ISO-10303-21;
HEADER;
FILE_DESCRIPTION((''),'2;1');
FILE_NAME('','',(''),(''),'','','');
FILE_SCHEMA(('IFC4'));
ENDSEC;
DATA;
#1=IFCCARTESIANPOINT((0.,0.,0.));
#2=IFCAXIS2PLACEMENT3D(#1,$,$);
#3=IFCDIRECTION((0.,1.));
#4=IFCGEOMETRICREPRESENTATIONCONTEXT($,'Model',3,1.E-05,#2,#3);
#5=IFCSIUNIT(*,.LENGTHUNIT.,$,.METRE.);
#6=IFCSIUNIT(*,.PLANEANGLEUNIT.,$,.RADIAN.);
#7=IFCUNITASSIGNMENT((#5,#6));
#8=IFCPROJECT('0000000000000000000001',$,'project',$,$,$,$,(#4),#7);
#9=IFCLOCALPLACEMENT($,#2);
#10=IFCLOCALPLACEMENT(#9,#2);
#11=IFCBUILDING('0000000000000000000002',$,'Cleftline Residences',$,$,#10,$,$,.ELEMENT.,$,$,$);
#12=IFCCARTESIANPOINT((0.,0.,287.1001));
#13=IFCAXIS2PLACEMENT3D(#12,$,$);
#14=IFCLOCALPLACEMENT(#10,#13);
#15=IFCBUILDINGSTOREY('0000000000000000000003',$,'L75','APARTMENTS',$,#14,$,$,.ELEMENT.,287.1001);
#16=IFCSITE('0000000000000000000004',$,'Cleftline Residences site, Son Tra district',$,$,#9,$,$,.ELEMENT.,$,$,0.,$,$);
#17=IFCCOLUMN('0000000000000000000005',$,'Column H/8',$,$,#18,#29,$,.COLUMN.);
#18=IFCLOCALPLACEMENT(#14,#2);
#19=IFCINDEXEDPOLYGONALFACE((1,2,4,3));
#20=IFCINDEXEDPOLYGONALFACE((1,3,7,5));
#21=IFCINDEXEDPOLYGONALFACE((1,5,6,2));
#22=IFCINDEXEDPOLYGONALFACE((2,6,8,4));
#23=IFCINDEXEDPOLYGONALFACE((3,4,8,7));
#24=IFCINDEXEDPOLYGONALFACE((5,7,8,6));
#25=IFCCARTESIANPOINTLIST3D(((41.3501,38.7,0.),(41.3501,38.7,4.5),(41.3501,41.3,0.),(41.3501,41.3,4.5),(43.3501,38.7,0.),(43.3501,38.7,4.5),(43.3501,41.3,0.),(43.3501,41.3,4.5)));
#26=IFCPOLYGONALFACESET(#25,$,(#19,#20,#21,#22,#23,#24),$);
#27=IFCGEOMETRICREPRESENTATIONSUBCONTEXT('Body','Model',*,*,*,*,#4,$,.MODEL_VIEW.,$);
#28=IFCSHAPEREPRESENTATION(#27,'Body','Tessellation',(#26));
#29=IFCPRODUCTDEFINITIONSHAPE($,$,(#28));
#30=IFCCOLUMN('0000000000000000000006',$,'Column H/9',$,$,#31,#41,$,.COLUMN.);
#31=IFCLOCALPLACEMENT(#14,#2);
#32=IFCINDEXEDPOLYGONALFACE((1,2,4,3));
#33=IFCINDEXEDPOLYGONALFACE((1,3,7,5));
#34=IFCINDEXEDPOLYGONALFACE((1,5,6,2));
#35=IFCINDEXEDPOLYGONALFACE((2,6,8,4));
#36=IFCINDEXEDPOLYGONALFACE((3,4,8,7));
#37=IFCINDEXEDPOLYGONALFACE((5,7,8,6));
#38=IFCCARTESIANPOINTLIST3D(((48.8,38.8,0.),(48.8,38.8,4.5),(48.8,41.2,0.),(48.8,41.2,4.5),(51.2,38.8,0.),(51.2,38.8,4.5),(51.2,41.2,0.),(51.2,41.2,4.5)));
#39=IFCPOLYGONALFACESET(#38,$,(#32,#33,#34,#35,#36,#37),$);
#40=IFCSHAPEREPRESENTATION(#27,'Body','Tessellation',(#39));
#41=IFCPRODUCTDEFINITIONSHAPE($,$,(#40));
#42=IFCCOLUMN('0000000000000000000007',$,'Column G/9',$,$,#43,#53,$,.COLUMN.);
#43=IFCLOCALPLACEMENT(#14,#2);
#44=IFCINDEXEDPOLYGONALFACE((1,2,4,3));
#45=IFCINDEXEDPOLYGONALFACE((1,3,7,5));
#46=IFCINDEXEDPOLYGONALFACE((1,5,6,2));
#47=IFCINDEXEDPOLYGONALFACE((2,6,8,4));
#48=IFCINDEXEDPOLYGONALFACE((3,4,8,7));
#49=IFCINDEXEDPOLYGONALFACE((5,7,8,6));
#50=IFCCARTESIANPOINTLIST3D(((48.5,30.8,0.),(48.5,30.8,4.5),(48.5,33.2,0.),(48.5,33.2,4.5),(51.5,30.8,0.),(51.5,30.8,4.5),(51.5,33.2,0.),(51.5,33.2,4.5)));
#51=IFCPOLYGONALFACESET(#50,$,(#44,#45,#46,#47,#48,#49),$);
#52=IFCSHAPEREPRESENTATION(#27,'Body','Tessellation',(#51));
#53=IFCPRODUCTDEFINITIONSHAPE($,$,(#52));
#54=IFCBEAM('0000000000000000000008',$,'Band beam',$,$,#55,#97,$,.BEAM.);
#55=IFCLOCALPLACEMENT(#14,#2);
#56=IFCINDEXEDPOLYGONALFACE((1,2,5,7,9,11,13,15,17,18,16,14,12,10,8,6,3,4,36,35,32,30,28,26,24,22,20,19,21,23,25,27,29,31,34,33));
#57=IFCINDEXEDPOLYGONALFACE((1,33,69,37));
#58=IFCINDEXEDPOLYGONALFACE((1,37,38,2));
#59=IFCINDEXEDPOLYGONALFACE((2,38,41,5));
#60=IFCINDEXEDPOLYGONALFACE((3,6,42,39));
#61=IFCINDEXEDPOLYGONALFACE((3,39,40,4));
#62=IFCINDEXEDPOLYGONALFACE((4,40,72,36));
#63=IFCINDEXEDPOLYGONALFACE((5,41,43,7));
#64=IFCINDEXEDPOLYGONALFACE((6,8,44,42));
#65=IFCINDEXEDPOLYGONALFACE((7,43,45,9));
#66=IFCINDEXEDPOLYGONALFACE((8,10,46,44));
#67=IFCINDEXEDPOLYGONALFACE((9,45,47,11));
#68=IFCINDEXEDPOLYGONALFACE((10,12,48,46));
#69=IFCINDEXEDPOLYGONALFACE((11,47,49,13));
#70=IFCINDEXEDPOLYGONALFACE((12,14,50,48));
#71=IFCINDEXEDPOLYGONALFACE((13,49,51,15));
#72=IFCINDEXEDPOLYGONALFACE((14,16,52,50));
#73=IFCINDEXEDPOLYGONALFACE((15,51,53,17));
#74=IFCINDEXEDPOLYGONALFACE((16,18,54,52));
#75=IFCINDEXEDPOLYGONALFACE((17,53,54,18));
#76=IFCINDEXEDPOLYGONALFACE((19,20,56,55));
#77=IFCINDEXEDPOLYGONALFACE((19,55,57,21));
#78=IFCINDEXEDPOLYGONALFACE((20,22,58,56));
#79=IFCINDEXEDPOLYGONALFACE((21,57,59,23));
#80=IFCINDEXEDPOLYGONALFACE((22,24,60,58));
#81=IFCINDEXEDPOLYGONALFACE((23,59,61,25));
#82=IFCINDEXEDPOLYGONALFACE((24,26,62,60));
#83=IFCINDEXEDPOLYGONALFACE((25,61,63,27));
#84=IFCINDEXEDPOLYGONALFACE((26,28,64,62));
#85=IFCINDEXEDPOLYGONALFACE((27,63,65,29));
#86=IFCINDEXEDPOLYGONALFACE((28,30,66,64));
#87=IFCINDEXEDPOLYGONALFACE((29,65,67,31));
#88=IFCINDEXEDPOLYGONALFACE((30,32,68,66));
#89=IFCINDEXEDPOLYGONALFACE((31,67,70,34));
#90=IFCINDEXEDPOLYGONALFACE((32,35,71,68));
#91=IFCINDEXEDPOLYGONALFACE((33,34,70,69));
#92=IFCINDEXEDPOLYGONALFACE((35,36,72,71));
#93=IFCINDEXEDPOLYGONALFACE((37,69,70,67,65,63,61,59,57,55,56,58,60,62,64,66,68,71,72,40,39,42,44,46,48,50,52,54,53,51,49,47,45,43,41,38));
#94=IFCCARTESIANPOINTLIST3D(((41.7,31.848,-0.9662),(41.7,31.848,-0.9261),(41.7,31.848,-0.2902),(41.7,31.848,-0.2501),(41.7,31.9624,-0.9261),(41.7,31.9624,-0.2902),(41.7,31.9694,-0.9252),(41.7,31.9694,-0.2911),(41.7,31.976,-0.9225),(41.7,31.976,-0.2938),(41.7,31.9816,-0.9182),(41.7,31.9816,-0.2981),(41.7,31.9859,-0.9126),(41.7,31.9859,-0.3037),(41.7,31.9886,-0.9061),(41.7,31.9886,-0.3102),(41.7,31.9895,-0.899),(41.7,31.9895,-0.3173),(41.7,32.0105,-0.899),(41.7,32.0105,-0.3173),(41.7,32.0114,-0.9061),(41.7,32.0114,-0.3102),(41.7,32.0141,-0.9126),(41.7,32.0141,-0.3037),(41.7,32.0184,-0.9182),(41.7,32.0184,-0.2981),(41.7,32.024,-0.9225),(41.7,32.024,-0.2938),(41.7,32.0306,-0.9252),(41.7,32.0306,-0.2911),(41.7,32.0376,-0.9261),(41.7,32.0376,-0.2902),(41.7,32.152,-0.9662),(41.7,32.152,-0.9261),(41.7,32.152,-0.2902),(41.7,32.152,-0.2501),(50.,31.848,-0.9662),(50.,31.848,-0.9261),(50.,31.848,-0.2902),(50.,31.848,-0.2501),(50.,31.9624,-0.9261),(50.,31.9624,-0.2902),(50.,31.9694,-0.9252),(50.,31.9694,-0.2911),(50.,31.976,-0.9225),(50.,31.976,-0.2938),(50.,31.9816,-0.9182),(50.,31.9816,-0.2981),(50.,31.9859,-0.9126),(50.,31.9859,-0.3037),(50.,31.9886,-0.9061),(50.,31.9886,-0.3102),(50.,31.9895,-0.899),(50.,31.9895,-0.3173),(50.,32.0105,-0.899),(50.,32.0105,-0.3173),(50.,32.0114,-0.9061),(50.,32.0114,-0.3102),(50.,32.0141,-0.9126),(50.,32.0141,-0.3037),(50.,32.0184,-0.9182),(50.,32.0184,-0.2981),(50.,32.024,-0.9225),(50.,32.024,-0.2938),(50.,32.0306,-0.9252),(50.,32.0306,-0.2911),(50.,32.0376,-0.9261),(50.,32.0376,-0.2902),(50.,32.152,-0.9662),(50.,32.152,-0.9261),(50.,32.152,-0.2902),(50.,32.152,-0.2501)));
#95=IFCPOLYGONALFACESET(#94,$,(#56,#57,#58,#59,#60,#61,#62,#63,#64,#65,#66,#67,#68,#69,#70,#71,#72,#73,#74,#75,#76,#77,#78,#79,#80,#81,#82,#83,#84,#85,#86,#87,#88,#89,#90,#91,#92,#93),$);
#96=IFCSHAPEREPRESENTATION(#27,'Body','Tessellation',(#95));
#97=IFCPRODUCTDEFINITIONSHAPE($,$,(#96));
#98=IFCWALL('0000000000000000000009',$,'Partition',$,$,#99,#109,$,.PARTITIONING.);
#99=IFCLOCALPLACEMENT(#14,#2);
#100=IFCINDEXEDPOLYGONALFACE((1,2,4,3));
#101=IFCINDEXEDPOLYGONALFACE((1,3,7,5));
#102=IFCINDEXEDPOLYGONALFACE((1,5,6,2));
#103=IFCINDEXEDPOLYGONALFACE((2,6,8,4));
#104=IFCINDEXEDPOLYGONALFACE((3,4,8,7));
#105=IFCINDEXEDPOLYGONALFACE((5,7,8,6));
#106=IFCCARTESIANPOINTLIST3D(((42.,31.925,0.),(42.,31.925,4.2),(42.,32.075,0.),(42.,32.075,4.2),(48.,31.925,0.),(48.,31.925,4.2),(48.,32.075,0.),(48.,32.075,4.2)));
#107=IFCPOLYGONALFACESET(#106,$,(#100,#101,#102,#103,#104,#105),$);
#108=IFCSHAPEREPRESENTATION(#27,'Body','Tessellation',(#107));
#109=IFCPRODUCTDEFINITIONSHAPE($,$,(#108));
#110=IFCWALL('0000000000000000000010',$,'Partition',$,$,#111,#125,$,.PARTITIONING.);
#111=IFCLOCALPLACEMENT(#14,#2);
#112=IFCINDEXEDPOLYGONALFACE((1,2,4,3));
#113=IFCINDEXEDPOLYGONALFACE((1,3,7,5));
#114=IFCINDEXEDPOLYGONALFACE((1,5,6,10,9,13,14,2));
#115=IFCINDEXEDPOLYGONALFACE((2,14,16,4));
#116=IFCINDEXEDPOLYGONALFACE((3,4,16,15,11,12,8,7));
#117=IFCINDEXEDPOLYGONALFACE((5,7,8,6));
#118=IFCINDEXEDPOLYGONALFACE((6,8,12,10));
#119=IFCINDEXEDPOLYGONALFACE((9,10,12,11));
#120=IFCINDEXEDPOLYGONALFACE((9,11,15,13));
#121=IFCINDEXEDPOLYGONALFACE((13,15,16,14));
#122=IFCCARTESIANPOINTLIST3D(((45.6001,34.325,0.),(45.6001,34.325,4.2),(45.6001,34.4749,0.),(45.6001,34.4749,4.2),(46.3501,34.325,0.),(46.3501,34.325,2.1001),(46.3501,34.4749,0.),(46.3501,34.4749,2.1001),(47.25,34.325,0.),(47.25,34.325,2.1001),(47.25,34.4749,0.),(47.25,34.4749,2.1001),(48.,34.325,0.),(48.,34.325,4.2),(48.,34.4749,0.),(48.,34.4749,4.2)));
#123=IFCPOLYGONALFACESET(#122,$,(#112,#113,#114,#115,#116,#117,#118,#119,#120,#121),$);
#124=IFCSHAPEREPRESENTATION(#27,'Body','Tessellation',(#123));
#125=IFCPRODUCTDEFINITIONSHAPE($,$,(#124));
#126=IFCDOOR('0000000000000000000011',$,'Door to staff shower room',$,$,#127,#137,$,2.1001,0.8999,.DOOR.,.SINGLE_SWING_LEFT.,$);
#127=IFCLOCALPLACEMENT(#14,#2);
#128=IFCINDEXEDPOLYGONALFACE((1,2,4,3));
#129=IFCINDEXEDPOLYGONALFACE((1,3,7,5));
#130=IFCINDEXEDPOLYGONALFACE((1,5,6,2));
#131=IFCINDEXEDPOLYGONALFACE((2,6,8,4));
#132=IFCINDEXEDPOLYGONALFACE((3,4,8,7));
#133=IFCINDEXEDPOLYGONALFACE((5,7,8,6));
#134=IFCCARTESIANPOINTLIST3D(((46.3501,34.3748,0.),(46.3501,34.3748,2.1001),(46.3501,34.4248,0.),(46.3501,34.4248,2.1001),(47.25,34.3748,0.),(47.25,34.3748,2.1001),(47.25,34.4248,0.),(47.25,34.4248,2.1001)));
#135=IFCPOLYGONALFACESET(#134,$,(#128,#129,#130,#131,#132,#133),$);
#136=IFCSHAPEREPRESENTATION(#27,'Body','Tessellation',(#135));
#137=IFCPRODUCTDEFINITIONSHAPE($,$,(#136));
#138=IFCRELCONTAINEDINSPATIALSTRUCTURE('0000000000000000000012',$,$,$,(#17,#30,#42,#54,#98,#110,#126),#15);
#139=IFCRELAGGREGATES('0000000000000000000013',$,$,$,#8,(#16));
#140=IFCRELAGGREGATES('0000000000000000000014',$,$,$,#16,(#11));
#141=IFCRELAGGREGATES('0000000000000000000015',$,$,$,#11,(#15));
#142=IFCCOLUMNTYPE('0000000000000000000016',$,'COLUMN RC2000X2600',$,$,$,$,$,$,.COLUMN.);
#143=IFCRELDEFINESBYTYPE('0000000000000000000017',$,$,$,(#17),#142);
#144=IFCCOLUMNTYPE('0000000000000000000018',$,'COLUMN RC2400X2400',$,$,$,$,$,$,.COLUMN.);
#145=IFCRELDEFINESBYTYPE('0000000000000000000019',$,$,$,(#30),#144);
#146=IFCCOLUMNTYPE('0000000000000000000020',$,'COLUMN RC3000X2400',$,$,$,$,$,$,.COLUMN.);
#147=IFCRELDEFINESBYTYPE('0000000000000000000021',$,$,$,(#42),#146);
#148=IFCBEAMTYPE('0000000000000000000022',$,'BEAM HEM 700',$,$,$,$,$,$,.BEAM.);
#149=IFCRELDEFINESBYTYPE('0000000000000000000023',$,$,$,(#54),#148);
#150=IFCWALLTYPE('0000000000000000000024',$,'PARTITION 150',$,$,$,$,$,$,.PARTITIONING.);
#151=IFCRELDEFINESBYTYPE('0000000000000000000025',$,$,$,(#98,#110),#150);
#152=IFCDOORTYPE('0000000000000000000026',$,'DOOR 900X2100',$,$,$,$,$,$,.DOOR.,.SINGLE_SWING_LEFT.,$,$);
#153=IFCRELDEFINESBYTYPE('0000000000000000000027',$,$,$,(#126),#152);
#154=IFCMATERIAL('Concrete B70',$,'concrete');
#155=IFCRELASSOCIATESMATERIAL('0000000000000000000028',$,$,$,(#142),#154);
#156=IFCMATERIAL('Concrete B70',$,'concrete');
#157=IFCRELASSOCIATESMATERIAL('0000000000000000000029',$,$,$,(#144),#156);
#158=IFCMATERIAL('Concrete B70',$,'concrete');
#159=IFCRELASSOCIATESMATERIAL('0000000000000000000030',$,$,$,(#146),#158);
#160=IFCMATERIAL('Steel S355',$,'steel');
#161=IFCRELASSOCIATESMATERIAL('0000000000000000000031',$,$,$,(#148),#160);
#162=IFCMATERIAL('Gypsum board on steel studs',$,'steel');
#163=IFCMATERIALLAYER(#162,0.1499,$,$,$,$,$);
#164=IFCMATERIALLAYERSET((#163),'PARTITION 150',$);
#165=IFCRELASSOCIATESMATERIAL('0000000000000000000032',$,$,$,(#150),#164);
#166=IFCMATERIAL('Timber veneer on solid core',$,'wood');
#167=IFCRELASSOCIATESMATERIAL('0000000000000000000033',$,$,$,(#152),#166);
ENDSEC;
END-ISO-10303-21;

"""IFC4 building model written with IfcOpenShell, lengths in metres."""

from ifc_helpers import new_model, si_unit, direction, frame, frame_2d, origin, origin_2d, place, context, subcontext, project, spatial, rectangle, i_section, extrude, material, layer, layer_set, material_profile, profile_set, type_object, element, fill, save


model = new_model("IFC4")

# Units and contexts
model_context = context("Model", 3, precision=1e-05, world=origin(), true_north=direction((0.0, 1.0)))
body_context = subcontext(model_context, "Body", "Model", "MODEL_VIEW")
ifc_project = project(units=[si_unit("LENGTHUNIT", "METRE"), si_unit("PLANEANGLEUNIT", "RADIAN")], contexts=[model_context])

# Site, building, storey
site_placement = place(None, origin())
site = spatial("IfcSite", under=ifc_project, at=site_placement, Name="Cleftline Residences site, Son Tra district", CompositionType="ELEMENT", RefElevation=0.0)
building_placement = place(site_placement, origin())
building = spatial("IfcBuilding", under=site, at=building_placement, Name="Cleftline Residences", CompositionType="ELEMENT")
storey_placement = place(building_placement, frame((0.0, 0.0, 287.1001)))
storey = spatial("IfcBuildingStorey", under=building, at=storey_placement, Name="L75", Description="APARTMENTS", CompositionType="ELEMENT", Elevation=287.1001)

# Columns
ifc_material_1 = material(Name="Concrete B70", Category="concrete")
ifc_material_profile_1 = material_profile(ifc_material_1, rectangle(XDim=2.0, YDim=2.6001, at=origin_2d()))
ifc_profile_set_1 = profile_set([ifc_material_profile_1], Name="Concrete B70")
column_type_1 = type_object("IfcColumnType", Name="COLUMN RC2000X2600", PredefinedType="COLUMN", material=ifc_profile_set_1)
column_1_placement = place(storey_placement, frame((42.3501, 40.0, 0.0), z_axis=(0.0, 0.0, 1.0), x_axis=(1.0, 0.0, 0.0)))
element("IfcColumn", 1, at=column_1_placement, inside=storey, type_object=column_type_1, Name="Column H/8", PredefinedType="COLUMN", context=body_context, shape_type="SweptSolid", body=[
    extrude(rectangle(XDim=2.0, YDim=2.6001, at=origin_2d()), origin(), (0.0, 0.0, 1.0), 4.5),
])
ifc_material_2 = material(Name="Concrete B70", Category="concrete")
ifc_material_profile_2 = material_profile(ifc_material_2, rectangle(XDim=2.3999, YDim=2.3999, at=origin_2d()))
ifc_profile_set_2 = profile_set([ifc_material_profile_2], Name="Concrete B70")
column_type_2 = type_object("IfcColumnType", Name="COLUMN RC2400X2400", PredefinedType="COLUMN", material=ifc_profile_set_2)
column_2_placement = place(storey_placement, frame((50.0, 40.0, 0.0), z_axis=(0.0, 0.0, 1.0), x_axis=(1.0, 0.0, 0.0)))
element("IfcColumn", 2, at=column_2_placement, inside=storey, type_object=column_type_2, Name="Column H/9", PredefinedType="COLUMN", context=body_context, shape_type="SweptSolid", body=[
    extrude(rectangle(XDim=2.3999, YDim=2.3999, at=origin_2d()), origin(), (0.0, 0.0, 1.0), 4.5),
])
ifc_material_3 = material(Name="Concrete B70", Category="concrete")
ifc_material_profile_3 = material_profile(ifc_material_3, rectangle(XDim=3.0, YDim=2.3999, at=origin_2d()))
ifc_profile_set_3 = profile_set([ifc_material_profile_3], Name="Concrete B70")
column_type_3 = type_object("IfcColumnType", Name="COLUMN RC3000X2400", PredefinedType="COLUMN", material=ifc_profile_set_3)
column_3_placement = place(storey_placement, frame((50.0, 32.0, 0.0), z_axis=(0.0, 0.0, 1.0), x_axis=(1.0, 0.0, 0.0)))
element("IfcColumn", 3, at=column_3_placement, inside=storey, type_object=column_type_3, Name="Column G/9", PredefinedType="COLUMN", context=body_context, shape_type="SweptSolid", body=[
    extrude(rectangle(XDim=3.0, YDim=2.3999, at=origin_2d()), origin(), (0.0, 0.0, 1.0), 4.5),
])

# Beam
ifc_material_4 = material(Name="Steel S355", Category="steel")
ifc_material_profile_4 = material_profile(ifc_material_4, i_section(OverallWidth=0.304, OverallDepth=0.7161, WebThickness=0.021, FlangeThickness=0.04, FilletRadius=0.0271, at=origin_2d()))
ifc_profile_set_4 = profile_set([ifc_material_profile_4], Name="Steel S355")
beam_type = type_object("IfcBeamType", Name="BEAM HEM 700", PredefinedType="BEAM", material=ifc_profile_set_4)
beam_placement = place(storey_placement, frame((50.0, 32.0, -0.6082), z_axis=(-1.0, 0.0, 0.0), x_axis=(0.0, -1.0, 0.0)))
element("IfcBeam", 4, at=beam_placement, inside=storey, type_object=beam_type, Name="Band beam", PredefinedType="BEAM", context=body_context, shape_type="SweptSolid", body=[
    extrude(i_section(OverallWidth=0.304, OverallDepth=0.7161, WebThickness=0.021, FlangeThickness=0.04, FilletRadius=0.0271, at=origin_2d()), origin(), (0.0, 0.0, 1.0), 8.3),
])

# Wall
ifc_material_5 = material(Name="Gypsum board on steel studs", Category="steel")
ifc_layer = layer(ifc_material_5, 0.1499)
ifc_layer_set = layer_set([ifc_layer], Name="PARTITION 150")
wall_type = type_object("IfcWallType", Name="PARTITION 150", PredefinedType="PARTITIONING", material=ifc_layer_set)
wall_1_placement = place(storey_placement, frame((42.0, 32.0, 0.0), z_axis=(0.0, 0.0, 1.0), x_axis=(1.0, 0.0, 0.0)))
element("IfcWall", 5, at=wall_1_placement, inside=storey, type_object=wall_type, Name="Partition", PredefinedType="PARTITIONING", context=body_context, shape_type="SweptSolid", body=[
    extrude(rectangle(XDim=6.0, YDim=0.1499, at=frame_2d((3.0, 0.0))), origin(), (0.0, 0.0, 1.0), 4.2),
])

# Wall, opening, door
wall_2_placement = place(storey_placement, frame((45.6001, 34.3999, 0.0), z_axis=(0.0, 0.0, 1.0), x_axis=(1.0, 0.0, 0.0)))
wall_2 = element("IfcWall", 6, at=wall_2_placement, inside=storey, type_object=wall_type, Name="Partition", PredefinedType="PARTITIONING", context=body_context, shape_type="SweptSolid", body=[
    extrude(rectangle(XDim=2.3999, YDim=0.1499, at=frame_2d((1.2, 0.0))), origin(), (0.0, 0.0, 1.0), 4.2),
])
opening_1_placement = place(wall_2_placement, frame((0.75, 0.0, 0.0)))
opening_1 = element("IfcOpeningElement", 7, at=opening_1_placement, cuts=wall_2, PredefinedType="OPENING", context=body_context, shape_type="SweptSolid", body=[
    extrude(rectangle(XDim=0.8999, YDim=2.1001, at=frame_2d((0.45, 1.05))), frame((0.0, 0.085, 0.0), z_axis=(0.0, -1.0, 0.0), x_axis=(1.0, 0.0, 0.0)), (0.0, 0.0, 1.0), 0.1699),
])
ifc_material_6 = material(Name="Timber veneer on solid core", Category="wood")
door_type_1 = type_object("IfcDoorType", Name="DOOR 900X2100", OperationType="SINGLE_SWING_LEFT", PredefinedType="DOOR", material=ifc_material_6)
door_1_placement = place(opening_1_placement, origin())
door_1 = element("IfcDoor", 8, at=door_1_placement, inside=storey, type_object=door_type_1, Name="Door to staff shower room", OperationType="SINGLE_SWING_LEFT", OverallHeight=2.1001, OverallWidth=0.8999, PredefinedType="DOOR", context=body_context, shape_type="SweptSolid", body=[
    extrude(rectangle(XDim=0.8999, YDim=2.1001, at=frame_2d((0.45, 1.05))), frame((0.0, 0.0249, 0.0), z_axis=(0.0, -1.0, 0.0), x_axis=(1.0, 0.0, 0.0)), (0.0, 0.0, 1.0), 0.05),
])
fill(opening_1, door_1)

save(model, "model.ifc")
